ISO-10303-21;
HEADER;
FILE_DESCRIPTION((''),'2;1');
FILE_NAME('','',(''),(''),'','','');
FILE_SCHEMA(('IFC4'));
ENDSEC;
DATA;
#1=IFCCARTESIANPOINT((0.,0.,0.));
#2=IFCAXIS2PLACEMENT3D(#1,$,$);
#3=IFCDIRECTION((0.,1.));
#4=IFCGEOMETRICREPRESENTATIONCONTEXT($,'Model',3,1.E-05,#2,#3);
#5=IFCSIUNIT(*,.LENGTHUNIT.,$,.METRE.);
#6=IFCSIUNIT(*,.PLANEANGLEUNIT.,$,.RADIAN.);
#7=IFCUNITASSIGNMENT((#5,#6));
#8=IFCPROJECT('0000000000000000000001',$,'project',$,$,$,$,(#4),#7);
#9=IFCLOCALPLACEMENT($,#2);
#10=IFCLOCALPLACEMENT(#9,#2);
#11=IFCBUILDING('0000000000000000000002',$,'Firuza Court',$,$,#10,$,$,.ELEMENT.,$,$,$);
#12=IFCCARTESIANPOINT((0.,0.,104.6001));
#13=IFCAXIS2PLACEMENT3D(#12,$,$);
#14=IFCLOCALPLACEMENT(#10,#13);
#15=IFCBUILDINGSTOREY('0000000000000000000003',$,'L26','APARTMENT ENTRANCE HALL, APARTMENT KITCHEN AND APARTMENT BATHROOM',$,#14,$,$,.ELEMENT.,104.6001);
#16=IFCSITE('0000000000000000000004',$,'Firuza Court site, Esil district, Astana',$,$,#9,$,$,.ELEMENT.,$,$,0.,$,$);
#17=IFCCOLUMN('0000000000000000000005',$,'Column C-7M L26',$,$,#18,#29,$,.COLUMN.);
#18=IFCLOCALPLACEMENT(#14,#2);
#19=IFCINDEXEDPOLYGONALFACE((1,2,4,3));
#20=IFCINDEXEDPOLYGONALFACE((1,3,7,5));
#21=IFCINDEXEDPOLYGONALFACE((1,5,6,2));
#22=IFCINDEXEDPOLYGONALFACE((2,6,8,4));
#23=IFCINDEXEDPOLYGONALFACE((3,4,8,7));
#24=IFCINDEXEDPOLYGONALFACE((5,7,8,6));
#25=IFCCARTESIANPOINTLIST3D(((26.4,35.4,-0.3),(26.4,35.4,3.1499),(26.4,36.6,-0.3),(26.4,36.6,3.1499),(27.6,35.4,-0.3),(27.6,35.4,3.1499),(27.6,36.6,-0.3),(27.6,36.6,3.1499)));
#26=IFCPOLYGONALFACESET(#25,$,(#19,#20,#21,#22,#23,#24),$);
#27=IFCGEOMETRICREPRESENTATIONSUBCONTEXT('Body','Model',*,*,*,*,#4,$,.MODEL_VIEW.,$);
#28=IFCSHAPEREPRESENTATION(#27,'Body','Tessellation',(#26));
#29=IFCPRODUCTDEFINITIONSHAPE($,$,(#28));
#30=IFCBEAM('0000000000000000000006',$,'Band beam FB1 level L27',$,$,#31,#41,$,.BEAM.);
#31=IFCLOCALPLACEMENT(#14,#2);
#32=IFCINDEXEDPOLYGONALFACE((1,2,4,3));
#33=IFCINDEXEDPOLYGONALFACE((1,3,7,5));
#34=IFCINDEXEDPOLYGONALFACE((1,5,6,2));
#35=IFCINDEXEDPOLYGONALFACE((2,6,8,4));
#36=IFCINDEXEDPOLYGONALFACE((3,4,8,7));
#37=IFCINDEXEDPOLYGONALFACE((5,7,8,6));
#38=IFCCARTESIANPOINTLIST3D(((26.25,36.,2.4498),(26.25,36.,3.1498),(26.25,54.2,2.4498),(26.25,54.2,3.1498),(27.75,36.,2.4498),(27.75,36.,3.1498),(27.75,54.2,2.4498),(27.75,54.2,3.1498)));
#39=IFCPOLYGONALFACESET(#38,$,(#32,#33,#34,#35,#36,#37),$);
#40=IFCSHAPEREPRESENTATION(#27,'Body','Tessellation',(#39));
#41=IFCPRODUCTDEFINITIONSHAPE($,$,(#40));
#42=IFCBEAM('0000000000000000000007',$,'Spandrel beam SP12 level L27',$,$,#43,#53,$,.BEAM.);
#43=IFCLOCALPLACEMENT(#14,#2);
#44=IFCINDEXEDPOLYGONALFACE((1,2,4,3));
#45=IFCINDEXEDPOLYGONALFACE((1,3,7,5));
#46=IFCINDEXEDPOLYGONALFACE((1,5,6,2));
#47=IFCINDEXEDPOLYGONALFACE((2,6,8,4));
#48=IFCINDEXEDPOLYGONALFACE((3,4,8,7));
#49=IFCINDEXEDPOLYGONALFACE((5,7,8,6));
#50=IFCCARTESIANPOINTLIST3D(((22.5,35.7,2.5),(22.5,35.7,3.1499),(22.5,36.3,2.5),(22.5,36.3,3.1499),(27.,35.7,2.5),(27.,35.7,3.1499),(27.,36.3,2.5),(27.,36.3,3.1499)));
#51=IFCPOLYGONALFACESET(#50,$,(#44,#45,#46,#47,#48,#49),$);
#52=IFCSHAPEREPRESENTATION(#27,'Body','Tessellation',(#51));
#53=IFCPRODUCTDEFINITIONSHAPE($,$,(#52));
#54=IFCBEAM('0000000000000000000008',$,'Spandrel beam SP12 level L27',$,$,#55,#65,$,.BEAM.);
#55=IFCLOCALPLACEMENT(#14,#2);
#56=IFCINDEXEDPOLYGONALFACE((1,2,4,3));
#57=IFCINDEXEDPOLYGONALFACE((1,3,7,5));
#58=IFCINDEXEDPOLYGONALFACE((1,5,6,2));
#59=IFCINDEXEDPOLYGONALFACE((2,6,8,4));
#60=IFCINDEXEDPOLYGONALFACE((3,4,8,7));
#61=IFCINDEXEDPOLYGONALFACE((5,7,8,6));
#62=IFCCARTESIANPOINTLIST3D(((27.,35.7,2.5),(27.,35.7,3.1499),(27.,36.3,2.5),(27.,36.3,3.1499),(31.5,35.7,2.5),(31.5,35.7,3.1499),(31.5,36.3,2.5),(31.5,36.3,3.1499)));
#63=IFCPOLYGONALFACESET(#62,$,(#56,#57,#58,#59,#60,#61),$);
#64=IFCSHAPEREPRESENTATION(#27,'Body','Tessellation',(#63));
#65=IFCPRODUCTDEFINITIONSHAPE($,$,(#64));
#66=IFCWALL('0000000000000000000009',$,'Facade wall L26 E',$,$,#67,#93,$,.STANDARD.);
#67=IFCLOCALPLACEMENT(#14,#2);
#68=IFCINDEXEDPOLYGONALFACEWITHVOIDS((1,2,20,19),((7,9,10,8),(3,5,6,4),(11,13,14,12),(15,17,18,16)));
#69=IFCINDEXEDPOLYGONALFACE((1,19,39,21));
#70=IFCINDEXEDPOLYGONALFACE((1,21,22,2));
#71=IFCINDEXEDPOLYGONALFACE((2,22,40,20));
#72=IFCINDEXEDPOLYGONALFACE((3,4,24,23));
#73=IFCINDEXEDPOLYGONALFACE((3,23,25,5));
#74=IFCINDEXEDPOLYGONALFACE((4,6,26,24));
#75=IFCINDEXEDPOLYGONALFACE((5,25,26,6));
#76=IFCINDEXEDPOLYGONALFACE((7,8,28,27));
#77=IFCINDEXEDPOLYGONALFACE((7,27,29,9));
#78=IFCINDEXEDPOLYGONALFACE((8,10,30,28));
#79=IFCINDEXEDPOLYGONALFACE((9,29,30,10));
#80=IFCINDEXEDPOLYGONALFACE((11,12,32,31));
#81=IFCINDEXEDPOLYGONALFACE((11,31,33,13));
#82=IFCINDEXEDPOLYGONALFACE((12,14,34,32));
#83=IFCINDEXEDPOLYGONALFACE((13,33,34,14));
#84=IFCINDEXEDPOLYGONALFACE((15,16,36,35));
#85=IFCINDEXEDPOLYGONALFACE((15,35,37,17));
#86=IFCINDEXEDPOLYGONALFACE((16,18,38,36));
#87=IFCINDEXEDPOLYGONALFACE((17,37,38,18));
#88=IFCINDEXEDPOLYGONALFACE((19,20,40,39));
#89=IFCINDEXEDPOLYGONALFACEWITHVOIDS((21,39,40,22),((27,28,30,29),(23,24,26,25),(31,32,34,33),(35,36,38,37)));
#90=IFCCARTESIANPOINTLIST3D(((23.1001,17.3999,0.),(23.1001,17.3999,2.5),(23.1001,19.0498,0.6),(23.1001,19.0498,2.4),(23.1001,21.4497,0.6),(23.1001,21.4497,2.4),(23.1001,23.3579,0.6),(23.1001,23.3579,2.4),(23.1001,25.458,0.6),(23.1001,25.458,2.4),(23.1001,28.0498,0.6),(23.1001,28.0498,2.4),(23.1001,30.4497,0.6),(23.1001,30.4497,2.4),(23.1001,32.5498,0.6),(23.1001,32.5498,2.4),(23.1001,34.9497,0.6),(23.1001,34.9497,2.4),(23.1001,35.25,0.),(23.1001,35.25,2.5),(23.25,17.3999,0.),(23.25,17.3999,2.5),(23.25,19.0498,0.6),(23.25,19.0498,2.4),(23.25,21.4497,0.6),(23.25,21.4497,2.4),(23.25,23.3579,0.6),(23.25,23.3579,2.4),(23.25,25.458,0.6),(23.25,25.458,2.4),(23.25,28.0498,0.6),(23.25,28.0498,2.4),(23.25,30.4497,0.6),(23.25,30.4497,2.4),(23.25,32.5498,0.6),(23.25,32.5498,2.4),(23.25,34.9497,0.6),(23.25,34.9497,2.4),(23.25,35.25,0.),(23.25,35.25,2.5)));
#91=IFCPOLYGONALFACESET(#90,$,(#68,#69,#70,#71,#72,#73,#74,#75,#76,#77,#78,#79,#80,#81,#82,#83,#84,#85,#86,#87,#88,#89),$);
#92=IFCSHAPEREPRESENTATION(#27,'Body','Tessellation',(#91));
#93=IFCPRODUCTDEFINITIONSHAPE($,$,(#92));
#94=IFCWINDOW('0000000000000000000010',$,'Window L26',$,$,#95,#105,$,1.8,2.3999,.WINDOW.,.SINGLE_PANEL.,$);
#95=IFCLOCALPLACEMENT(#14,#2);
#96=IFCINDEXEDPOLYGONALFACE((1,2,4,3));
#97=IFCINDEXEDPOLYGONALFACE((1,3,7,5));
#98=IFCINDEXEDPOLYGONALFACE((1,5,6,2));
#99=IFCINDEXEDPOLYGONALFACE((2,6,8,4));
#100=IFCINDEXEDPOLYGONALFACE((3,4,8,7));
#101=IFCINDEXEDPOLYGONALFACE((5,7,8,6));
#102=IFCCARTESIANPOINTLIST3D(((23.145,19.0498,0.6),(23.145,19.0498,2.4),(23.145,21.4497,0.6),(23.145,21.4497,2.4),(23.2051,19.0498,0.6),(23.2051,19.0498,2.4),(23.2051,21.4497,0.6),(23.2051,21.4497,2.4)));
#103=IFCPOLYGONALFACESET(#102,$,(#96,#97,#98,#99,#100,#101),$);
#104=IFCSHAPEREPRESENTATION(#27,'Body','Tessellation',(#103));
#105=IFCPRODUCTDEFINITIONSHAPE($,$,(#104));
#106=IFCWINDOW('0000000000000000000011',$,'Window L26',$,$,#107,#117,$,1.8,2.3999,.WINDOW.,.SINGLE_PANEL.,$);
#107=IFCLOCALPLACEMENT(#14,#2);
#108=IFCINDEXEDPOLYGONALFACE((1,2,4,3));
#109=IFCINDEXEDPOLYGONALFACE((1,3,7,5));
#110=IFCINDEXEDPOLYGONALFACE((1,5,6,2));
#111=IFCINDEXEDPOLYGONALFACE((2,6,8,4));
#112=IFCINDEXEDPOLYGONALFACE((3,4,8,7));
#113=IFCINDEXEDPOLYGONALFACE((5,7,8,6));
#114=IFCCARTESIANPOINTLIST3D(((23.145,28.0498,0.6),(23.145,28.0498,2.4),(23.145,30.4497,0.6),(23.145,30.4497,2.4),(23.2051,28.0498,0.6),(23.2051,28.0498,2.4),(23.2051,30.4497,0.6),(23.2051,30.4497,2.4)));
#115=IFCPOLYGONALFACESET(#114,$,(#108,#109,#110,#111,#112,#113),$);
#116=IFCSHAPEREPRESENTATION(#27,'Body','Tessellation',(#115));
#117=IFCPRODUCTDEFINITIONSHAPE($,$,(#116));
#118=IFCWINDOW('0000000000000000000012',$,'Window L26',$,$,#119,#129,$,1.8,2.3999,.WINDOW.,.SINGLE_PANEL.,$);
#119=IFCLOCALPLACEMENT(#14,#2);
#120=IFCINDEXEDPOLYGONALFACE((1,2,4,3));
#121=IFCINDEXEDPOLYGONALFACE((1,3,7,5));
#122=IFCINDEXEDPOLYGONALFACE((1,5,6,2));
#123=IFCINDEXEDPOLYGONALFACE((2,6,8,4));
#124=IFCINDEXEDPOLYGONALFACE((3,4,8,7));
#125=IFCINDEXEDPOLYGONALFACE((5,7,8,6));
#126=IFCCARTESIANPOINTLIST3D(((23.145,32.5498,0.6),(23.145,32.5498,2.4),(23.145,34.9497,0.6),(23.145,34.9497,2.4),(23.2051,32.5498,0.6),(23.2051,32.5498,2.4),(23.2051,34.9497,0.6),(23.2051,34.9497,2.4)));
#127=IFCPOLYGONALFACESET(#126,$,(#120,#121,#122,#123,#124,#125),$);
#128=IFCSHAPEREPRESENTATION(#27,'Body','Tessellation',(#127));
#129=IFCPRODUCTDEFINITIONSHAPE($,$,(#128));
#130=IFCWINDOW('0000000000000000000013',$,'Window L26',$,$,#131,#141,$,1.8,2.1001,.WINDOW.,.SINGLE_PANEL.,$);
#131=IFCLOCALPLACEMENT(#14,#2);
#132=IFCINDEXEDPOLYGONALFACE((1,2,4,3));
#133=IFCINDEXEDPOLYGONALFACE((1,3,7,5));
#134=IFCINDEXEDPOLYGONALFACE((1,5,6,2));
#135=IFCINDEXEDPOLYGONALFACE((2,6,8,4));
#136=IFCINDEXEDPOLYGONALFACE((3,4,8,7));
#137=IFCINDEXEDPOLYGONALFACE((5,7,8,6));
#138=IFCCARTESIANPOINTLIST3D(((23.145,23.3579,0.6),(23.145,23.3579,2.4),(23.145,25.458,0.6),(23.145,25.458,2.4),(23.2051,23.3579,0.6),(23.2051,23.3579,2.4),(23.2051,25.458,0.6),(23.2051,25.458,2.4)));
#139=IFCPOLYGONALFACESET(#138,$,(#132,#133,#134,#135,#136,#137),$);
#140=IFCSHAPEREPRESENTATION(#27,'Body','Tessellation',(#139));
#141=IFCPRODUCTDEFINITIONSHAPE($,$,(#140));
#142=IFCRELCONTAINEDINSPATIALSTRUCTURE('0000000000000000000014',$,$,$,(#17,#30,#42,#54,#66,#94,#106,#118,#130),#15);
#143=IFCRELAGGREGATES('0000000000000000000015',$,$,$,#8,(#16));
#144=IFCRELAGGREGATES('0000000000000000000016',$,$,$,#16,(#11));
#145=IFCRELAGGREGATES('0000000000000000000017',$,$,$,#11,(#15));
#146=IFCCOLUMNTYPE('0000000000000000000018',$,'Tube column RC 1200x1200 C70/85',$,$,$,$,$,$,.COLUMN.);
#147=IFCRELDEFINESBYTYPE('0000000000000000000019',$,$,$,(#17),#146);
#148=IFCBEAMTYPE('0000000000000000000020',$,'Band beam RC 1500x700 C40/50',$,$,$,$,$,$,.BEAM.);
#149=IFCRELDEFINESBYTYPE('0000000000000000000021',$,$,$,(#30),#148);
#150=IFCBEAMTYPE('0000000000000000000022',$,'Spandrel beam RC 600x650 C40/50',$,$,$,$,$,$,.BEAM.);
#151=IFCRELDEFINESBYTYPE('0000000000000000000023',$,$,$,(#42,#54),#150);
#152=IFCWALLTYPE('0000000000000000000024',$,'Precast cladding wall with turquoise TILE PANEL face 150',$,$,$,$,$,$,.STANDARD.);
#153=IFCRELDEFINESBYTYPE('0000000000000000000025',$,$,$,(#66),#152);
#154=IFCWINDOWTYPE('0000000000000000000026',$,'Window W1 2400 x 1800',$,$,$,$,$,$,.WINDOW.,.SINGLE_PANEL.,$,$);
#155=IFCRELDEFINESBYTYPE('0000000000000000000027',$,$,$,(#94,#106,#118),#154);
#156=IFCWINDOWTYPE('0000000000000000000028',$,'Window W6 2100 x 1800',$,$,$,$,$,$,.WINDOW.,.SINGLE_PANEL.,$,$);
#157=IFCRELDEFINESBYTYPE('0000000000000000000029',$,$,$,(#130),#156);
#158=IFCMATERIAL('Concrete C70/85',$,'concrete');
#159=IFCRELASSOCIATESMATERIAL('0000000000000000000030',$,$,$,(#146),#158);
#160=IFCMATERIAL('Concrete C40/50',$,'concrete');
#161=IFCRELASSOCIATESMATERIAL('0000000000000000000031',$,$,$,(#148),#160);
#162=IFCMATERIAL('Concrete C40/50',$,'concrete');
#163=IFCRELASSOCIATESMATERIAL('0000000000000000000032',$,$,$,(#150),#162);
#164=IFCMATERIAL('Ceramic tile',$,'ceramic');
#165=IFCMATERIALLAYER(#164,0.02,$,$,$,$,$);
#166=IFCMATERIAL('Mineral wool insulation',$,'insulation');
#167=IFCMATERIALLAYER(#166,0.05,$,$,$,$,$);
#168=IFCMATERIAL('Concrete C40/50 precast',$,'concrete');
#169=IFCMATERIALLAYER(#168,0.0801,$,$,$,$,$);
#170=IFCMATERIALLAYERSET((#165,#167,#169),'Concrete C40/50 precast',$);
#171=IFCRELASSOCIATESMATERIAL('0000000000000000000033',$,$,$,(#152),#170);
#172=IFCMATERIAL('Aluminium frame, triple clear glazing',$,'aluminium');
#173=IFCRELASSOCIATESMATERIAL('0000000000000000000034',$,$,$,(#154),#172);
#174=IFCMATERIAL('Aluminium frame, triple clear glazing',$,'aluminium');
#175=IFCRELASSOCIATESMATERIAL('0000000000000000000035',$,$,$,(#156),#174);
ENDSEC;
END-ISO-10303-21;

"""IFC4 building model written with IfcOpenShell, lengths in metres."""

from ifc_helpers import new_model, si_unit, direction, frame, frame_2d, origin, origin_2d, place, context, subcontext, project, spatial, rectangle, extrude, material, layer, layer_set, material_profile, profile_set, type_object, element, fill, save


model = new_model("IFC4")

# Units and contexts
model_context = context("Model", 3, precision=1e-05, world=origin(), true_north=direction((0.0, 1.0)))
body_context = subcontext(model_context, "Body", "Model", "MODEL_VIEW")
ifc_project = project(units=[si_unit("LENGTHUNIT", "METRE"), si_unit("PLANEANGLEUNIT", "RADIAN")], contexts=[model_context])

# Site, building, storey
site_placement = place(None, origin())
site = spatial("IfcSite", under=ifc_project, at=site_placement, Name="Firuza Court site, Esil district, Astana", CompositionType="ELEMENT", RefElevation=0.0)
building_placement = place(site_placement, origin())
building = spatial("IfcBuilding", under=site, at=building_placement, Name="Firuza Court", CompositionType="ELEMENT")
storey_placement = place(building_placement, frame((0.0, 0.0, 104.6001)))
storey = spatial("IfcBuildingStorey", under=building, at=storey_placement, Name="L26", Description="APARTMENT ENTRANCE HALL, APARTMENT KITCHEN AND APARTMENT BATHROOM", CompositionType="ELEMENT", Elevation=104.6001)

# Column
ifc_material_1 = material(Name="Concrete C70/85", Category="concrete")
ifc_material_profile_1 = material_profile(ifc_material_1, rectangle(XDim=1.2, YDim=1.2, at=origin_2d()), Name="RC 1200x1200")
ifc_profile_set_1 = profile_set([ifc_material_profile_1], Name="Concrete C70/85")
column_type = type_object("IfcColumnType", Name="Tube column RC 1200x1200 C70/85", PredefinedType="COLUMN", material=ifc_profile_set_1)
column_placement = place(storey_placement, frame((27.0, 36.0, -0.3), z_axis=(0.0, 0.0, 1.0), x_axis=(1.0, 0.0, 0.0)))
element("IfcColumn", 1, at=column_placement, inside=storey, type_object=column_type, Name="Column C-7M L26", PredefinedType="COLUMN", context=body_context, shape_type="SweptSolid", body=[
    extrude(rectangle(XDim=1.2, YDim=1.2, at=origin_2d()), origin(), (0.0, 0.0, 1.0), 3.45),
])

# Beams
ifc_material_2 = material(Name="Concrete C40/50", Category="concrete")
ifc_material_profile_2 = material_profile(ifc_material_2, rectangle(XDim=1.5, YDim=0.7, at=origin_2d()), Name="RC 1500x700")
ifc_profile_set_2 = profile_set([ifc_material_profile_2], Name="Concrete C40/50")
beam_type_1 = type_object("IfcBeamType", Name="Band beam RC 1500x700 C40/50", PredefinedType="BEAM", material=ifc_profile_set_2)
beam_placement = place(storey_placement, frame((27.0, 36.0, 2.7998), z_axis=(0.0, 1.0, 0.0), x_axis=(-1.0, 0.0, 0.0)))
element("IfcBeam", 2, at=beam_placement, inside=storey, type_object=beam_type_1, Name="Band beam FB1 level L27", PredefinedType="BEAM", context=body_context, shape_type="SweptSolid", body=[
    extrude(rectangle(XDim=1.5, YDim=0.7, at=origin_2d()), origin(), (0.0, 0.0, 1.0), 18.2),
])
ifc_material_3 = material(Name="Concrete C40/50", Category="concrete")
ifc_material_profile_3 = material_profile(ifc_material_3, rectangle(XDim=0.6001, YDim=0.6499, at=origin_2d()), Name="RC 600x650")
ifc_profile_set_3 = profile_set([ifc_material_profile_3], Name="Concrete C40/50")
beam_type_2 = type_object("IfcBeamType", Name="Spandrel beam RC 600x650 C40/50", PredefinedType="BEAM", material=ifc_profile_set_3)
for number, where, z_axis, x_axis, name in (
    (3, (22.5, 36.0, 2.825), (1.0, 0.0, 0.0), (0.0, 1.0, 0.0), "Spandrel beam SP12 level L27"),
    (4, (27.0, 36.0, 2.825), (1.0, 0.0, 0.0), (0.0, 1.0, 0.0), "Spandrel beam SP12 level L27"),
):
    element("IfcBeam", number, at=place(storey_placement, frame(where, z_axis=z_axis, x_axis=x_axis)), inside=storey, type_object=beam_type_2, Name=name, PredefinedType="BEAM", context=body_context, shape_type="SweptSolid", body=[
        extrude(rectangle(XDim=0.6001, YDim=0.6499, at=origin_2d()), origin(), (0.0, 0.0, 1.0), 4.5),
    ])

# Wall, openings, windows
ifc_material_4 = material(Name="Ceramic tile", Category="ceramic")
ifc_layer_1 = layer(ifc_material_4, 0.02)
ifc_material_5 = material(Name="Mineral wool insulation", Category="insulation")
ifc_layer_2 = layer(ifc_material_5, 0.05)
ifc_material_6 = material(Name="Concrete C40/50 precast", Category="concrete")
ifc_layer_3 = layer(ifc_material_6, 0.0801)
ifc_layer_set = layer_set([ifc_layer_1, ifc_layer_2, ifc_layer_3], Name="Concrete C40/50 precast")
wall_type = type_object("IfcWallType", Name="Precast cladding wall with turquoise TILE PANEL face 150", PredefinedType="STANDARD", material=ifc_layer_set)
wall_1_placement = place(storey_placement, frame((23.175, 17.3999, 0.0), z_axis=(0.0, 0.0, 1.0), x_axis=(0.0, 1.0, 0.0)))
wall_1 = element("IfcWall", 5, at=wall_1_placement, inside=storey, type_object=wall_type, Name="Facade wall L26 E", PredefinedType="STANDARD", context=body_context, shape_type="SweptSolid", body=[
    extrude(rectangle(XDim=17.8501, YDim=0.1499, at=frame_2d((8.925, 0.0))), origin(), (0.0, 0.0, 1.0), 2.5),
])
opening_1_placement = place(wall_1_placement, frame((1.6499, 0.0, 0.6001)))
opening_1 = element("IfcOpeningElement", 6, at=opening_1_placement, cuts=wall_1, PredefinedType="OPENING", context=body_context, shape_type="SweptSolid", body=[
    extrude(rectangle(XDim=2.3999, YDim=1.8, at=frame_2d((1.2, 0.8999))), frame((0.0, 0.0869, 0.0), z_axis=(0.0, -1.0, 0.0), x_axis=(1.0, 0.0, 0.0)), (0.0, 0.0, 1.0), 0.1738),
])
opening_2_placement = place(wall_1_placement, frame((5.958, 0.0, 0.6001)))
opening_2 = element("IfcOpeningElement", 7, at=opening_2_placement, cuts=wall_1, PredefinedType="OPENING", context=body_context, shape_type="SweptSolid", body=[
    extrude(rectangle(XDim=2.1001, YDim=1.8, at=frame_2d((1.05, 0.8999))), frame((0.0, 0.0869, 0.0), z_axis=(0.0, -1.0, 0.0), x_axis=(1.0, 0.0, 0.0)), (0.0, 0.0, 1.0), 0.1738),
])
opening_3_placement = place(wall_1_placement, frame((10.6499, 0.0, 0.6001)))
opening_3 = element("IfcOpeningElement", 8, at=opening_3_placement, cuts=wall_1, PredefinedType="OPENING", context=body_context, shape_type="SweptSolid", body=[
    extrude(rectangle(XDim=2.3999, YDim=1.8, at=frame_2d((1.2, 0.8999))), frame((0.0, 0.0869, 0.0), z_axis=(0.0, -1.0, 0.0), x_axis=(1.0, 0.0, 0.0)), (0.0, 0.0, 1.0), 0.1738),
])
opening_4_placement = place(wall_1_placement, frame((15.1499, 0.0, 0.6001)))
opening_4 = element("IfcOpeningElement", 9, at=opening_4_placement, cuts=wall_1, PredefinedType="OPENING", context=body_context, shape_type="SweptSolid", body=[
    extrude(rectangle(XDim=2.3999, YDim=1.8, at=frame_2d((1.2, 0.8999))), frame((0.0, 0.0869, 0.0), z_axis=(0.0, -1.0, 0.0), x_axis=(1.0, 0.0, 0.0)), (0.0, 0.0, 1.0), 0.1738),
])
ifc_material_7 = material(Name="Aluminium frame, triple clear glazing", Category="aluminium")
window_type_1 = type_object("IfcWindowType", Name="Window W1 2400 x 1800", PartitioningType="SINGLE_PANEL", PredefinedType="WINDOW", material=ifc_material_7)
window_1_placement = place(opening_1_placement, origin())
window_1 = element("IfcWindow", 10, at=window_1_placement, inside=storey, type_object=window_type_1, Name="Window L26", OverallHeight=1.8, OverallWidth=2.3999, PartitioningType="SINGLE_PANEL", PredefinedType="WINDOW", context=body_context, shape_type="SweptSolid", body=[
    extrude(rectangle(XDim=2.3999, YDim=1.8, at=frame_2d((1.2, 0.8999))), frame((0.0, 0.03, 0.0), z_axis=(0.0, -1.0, 0.0), x_axis=(1.0, 0.0, 0.0)), (0.0, 0.0, 1.0), 0.0601),
])
fill(opening_1, window_1)
window_2_placement = place(opening_3_placement, origin())
window_2 = element("IfcWindow", 11, at=window_2_placement, inside=storey, type_object=window_type_1, Name="Window L26", OverallHeight=1.8, OverallWidth=2.3999, PartitioningType="SINGLE_PANEL", PredefinedType="WINDOW", context=body_context, shape_type="SweptSolid", body=[
    extrude(rectangle(XDim=2.3999, YDim=1.8, at=frame_2d((1.2, 0.8999))), frame((0.0, 0.03, 0.0), z_axis=(0.0, -1.0, 0.0), x_axis=(1.0, 0.0, 0.0)), (0.0, 0.0, 1.0), 0.0601),
])
fill(opening_3, window_2)
window_3_placement = place(opening_4_placement, origin())
window_3 = element("IfcWindow", 12, at=window_3_placement, inside=storey, type_object=window_type_1, Name="Window L26", OverallHeight=1.8, OverallWidth=2.3999, PartitioningType="SINGLE_PANEL", PredefinedType="WINDOW", context=body_context, shape_type="SweptSolid", body=[
    extrude(rectangle(XDim=2.3999, YDim=1.8, at=frame_2d((1.2, 0.8999))), frame((0.0, 0.03, 0.0), z_axis=(0.0, -1.0, 0.0), x_axis=(1.0, 0.0, 0.0)), (0.0, 0.0, 1.0), 0.0601),
])
fill(opening_4, window_3)
ifc_material_8 = material(Name="Aluminium frame, triple clear glazing", Category="aluminium")
window_type_2 = type_object("IfcWindowType", Name="Window W6 2100 x 1800", PartitioningType="SINGLE_PANEL", PredefinedType="WINDOW", material=ifc_material_8)
window_4_placement = place(opening_2_placement, origin())
window_4 = element("IfcWindow", 13, at=window_4_placement, inside=storey, type_object=window_type_2, Name="Window L26", OverallHeight=1.8, OverallWidth=2.1001, PartitioningType="SINGLE_PANEL", PredefinedType="WINDOW", context=body_context, shape_type="SweptSolid", body=[
    extrude(rectangle(XDim=2.1001, YDim=1.8, at=frame_2d((1.05, 0.8999))), frame((0.0, 0.03, 0.0), z_axis=(0.0, -1.0, 0.0), x_axis=(1.0, 0.0, 0.0)), (0.0, 0.0, 1.0), 0.0601),
])
fill(opening_2, window_4)

save(model, "model.ifc")
